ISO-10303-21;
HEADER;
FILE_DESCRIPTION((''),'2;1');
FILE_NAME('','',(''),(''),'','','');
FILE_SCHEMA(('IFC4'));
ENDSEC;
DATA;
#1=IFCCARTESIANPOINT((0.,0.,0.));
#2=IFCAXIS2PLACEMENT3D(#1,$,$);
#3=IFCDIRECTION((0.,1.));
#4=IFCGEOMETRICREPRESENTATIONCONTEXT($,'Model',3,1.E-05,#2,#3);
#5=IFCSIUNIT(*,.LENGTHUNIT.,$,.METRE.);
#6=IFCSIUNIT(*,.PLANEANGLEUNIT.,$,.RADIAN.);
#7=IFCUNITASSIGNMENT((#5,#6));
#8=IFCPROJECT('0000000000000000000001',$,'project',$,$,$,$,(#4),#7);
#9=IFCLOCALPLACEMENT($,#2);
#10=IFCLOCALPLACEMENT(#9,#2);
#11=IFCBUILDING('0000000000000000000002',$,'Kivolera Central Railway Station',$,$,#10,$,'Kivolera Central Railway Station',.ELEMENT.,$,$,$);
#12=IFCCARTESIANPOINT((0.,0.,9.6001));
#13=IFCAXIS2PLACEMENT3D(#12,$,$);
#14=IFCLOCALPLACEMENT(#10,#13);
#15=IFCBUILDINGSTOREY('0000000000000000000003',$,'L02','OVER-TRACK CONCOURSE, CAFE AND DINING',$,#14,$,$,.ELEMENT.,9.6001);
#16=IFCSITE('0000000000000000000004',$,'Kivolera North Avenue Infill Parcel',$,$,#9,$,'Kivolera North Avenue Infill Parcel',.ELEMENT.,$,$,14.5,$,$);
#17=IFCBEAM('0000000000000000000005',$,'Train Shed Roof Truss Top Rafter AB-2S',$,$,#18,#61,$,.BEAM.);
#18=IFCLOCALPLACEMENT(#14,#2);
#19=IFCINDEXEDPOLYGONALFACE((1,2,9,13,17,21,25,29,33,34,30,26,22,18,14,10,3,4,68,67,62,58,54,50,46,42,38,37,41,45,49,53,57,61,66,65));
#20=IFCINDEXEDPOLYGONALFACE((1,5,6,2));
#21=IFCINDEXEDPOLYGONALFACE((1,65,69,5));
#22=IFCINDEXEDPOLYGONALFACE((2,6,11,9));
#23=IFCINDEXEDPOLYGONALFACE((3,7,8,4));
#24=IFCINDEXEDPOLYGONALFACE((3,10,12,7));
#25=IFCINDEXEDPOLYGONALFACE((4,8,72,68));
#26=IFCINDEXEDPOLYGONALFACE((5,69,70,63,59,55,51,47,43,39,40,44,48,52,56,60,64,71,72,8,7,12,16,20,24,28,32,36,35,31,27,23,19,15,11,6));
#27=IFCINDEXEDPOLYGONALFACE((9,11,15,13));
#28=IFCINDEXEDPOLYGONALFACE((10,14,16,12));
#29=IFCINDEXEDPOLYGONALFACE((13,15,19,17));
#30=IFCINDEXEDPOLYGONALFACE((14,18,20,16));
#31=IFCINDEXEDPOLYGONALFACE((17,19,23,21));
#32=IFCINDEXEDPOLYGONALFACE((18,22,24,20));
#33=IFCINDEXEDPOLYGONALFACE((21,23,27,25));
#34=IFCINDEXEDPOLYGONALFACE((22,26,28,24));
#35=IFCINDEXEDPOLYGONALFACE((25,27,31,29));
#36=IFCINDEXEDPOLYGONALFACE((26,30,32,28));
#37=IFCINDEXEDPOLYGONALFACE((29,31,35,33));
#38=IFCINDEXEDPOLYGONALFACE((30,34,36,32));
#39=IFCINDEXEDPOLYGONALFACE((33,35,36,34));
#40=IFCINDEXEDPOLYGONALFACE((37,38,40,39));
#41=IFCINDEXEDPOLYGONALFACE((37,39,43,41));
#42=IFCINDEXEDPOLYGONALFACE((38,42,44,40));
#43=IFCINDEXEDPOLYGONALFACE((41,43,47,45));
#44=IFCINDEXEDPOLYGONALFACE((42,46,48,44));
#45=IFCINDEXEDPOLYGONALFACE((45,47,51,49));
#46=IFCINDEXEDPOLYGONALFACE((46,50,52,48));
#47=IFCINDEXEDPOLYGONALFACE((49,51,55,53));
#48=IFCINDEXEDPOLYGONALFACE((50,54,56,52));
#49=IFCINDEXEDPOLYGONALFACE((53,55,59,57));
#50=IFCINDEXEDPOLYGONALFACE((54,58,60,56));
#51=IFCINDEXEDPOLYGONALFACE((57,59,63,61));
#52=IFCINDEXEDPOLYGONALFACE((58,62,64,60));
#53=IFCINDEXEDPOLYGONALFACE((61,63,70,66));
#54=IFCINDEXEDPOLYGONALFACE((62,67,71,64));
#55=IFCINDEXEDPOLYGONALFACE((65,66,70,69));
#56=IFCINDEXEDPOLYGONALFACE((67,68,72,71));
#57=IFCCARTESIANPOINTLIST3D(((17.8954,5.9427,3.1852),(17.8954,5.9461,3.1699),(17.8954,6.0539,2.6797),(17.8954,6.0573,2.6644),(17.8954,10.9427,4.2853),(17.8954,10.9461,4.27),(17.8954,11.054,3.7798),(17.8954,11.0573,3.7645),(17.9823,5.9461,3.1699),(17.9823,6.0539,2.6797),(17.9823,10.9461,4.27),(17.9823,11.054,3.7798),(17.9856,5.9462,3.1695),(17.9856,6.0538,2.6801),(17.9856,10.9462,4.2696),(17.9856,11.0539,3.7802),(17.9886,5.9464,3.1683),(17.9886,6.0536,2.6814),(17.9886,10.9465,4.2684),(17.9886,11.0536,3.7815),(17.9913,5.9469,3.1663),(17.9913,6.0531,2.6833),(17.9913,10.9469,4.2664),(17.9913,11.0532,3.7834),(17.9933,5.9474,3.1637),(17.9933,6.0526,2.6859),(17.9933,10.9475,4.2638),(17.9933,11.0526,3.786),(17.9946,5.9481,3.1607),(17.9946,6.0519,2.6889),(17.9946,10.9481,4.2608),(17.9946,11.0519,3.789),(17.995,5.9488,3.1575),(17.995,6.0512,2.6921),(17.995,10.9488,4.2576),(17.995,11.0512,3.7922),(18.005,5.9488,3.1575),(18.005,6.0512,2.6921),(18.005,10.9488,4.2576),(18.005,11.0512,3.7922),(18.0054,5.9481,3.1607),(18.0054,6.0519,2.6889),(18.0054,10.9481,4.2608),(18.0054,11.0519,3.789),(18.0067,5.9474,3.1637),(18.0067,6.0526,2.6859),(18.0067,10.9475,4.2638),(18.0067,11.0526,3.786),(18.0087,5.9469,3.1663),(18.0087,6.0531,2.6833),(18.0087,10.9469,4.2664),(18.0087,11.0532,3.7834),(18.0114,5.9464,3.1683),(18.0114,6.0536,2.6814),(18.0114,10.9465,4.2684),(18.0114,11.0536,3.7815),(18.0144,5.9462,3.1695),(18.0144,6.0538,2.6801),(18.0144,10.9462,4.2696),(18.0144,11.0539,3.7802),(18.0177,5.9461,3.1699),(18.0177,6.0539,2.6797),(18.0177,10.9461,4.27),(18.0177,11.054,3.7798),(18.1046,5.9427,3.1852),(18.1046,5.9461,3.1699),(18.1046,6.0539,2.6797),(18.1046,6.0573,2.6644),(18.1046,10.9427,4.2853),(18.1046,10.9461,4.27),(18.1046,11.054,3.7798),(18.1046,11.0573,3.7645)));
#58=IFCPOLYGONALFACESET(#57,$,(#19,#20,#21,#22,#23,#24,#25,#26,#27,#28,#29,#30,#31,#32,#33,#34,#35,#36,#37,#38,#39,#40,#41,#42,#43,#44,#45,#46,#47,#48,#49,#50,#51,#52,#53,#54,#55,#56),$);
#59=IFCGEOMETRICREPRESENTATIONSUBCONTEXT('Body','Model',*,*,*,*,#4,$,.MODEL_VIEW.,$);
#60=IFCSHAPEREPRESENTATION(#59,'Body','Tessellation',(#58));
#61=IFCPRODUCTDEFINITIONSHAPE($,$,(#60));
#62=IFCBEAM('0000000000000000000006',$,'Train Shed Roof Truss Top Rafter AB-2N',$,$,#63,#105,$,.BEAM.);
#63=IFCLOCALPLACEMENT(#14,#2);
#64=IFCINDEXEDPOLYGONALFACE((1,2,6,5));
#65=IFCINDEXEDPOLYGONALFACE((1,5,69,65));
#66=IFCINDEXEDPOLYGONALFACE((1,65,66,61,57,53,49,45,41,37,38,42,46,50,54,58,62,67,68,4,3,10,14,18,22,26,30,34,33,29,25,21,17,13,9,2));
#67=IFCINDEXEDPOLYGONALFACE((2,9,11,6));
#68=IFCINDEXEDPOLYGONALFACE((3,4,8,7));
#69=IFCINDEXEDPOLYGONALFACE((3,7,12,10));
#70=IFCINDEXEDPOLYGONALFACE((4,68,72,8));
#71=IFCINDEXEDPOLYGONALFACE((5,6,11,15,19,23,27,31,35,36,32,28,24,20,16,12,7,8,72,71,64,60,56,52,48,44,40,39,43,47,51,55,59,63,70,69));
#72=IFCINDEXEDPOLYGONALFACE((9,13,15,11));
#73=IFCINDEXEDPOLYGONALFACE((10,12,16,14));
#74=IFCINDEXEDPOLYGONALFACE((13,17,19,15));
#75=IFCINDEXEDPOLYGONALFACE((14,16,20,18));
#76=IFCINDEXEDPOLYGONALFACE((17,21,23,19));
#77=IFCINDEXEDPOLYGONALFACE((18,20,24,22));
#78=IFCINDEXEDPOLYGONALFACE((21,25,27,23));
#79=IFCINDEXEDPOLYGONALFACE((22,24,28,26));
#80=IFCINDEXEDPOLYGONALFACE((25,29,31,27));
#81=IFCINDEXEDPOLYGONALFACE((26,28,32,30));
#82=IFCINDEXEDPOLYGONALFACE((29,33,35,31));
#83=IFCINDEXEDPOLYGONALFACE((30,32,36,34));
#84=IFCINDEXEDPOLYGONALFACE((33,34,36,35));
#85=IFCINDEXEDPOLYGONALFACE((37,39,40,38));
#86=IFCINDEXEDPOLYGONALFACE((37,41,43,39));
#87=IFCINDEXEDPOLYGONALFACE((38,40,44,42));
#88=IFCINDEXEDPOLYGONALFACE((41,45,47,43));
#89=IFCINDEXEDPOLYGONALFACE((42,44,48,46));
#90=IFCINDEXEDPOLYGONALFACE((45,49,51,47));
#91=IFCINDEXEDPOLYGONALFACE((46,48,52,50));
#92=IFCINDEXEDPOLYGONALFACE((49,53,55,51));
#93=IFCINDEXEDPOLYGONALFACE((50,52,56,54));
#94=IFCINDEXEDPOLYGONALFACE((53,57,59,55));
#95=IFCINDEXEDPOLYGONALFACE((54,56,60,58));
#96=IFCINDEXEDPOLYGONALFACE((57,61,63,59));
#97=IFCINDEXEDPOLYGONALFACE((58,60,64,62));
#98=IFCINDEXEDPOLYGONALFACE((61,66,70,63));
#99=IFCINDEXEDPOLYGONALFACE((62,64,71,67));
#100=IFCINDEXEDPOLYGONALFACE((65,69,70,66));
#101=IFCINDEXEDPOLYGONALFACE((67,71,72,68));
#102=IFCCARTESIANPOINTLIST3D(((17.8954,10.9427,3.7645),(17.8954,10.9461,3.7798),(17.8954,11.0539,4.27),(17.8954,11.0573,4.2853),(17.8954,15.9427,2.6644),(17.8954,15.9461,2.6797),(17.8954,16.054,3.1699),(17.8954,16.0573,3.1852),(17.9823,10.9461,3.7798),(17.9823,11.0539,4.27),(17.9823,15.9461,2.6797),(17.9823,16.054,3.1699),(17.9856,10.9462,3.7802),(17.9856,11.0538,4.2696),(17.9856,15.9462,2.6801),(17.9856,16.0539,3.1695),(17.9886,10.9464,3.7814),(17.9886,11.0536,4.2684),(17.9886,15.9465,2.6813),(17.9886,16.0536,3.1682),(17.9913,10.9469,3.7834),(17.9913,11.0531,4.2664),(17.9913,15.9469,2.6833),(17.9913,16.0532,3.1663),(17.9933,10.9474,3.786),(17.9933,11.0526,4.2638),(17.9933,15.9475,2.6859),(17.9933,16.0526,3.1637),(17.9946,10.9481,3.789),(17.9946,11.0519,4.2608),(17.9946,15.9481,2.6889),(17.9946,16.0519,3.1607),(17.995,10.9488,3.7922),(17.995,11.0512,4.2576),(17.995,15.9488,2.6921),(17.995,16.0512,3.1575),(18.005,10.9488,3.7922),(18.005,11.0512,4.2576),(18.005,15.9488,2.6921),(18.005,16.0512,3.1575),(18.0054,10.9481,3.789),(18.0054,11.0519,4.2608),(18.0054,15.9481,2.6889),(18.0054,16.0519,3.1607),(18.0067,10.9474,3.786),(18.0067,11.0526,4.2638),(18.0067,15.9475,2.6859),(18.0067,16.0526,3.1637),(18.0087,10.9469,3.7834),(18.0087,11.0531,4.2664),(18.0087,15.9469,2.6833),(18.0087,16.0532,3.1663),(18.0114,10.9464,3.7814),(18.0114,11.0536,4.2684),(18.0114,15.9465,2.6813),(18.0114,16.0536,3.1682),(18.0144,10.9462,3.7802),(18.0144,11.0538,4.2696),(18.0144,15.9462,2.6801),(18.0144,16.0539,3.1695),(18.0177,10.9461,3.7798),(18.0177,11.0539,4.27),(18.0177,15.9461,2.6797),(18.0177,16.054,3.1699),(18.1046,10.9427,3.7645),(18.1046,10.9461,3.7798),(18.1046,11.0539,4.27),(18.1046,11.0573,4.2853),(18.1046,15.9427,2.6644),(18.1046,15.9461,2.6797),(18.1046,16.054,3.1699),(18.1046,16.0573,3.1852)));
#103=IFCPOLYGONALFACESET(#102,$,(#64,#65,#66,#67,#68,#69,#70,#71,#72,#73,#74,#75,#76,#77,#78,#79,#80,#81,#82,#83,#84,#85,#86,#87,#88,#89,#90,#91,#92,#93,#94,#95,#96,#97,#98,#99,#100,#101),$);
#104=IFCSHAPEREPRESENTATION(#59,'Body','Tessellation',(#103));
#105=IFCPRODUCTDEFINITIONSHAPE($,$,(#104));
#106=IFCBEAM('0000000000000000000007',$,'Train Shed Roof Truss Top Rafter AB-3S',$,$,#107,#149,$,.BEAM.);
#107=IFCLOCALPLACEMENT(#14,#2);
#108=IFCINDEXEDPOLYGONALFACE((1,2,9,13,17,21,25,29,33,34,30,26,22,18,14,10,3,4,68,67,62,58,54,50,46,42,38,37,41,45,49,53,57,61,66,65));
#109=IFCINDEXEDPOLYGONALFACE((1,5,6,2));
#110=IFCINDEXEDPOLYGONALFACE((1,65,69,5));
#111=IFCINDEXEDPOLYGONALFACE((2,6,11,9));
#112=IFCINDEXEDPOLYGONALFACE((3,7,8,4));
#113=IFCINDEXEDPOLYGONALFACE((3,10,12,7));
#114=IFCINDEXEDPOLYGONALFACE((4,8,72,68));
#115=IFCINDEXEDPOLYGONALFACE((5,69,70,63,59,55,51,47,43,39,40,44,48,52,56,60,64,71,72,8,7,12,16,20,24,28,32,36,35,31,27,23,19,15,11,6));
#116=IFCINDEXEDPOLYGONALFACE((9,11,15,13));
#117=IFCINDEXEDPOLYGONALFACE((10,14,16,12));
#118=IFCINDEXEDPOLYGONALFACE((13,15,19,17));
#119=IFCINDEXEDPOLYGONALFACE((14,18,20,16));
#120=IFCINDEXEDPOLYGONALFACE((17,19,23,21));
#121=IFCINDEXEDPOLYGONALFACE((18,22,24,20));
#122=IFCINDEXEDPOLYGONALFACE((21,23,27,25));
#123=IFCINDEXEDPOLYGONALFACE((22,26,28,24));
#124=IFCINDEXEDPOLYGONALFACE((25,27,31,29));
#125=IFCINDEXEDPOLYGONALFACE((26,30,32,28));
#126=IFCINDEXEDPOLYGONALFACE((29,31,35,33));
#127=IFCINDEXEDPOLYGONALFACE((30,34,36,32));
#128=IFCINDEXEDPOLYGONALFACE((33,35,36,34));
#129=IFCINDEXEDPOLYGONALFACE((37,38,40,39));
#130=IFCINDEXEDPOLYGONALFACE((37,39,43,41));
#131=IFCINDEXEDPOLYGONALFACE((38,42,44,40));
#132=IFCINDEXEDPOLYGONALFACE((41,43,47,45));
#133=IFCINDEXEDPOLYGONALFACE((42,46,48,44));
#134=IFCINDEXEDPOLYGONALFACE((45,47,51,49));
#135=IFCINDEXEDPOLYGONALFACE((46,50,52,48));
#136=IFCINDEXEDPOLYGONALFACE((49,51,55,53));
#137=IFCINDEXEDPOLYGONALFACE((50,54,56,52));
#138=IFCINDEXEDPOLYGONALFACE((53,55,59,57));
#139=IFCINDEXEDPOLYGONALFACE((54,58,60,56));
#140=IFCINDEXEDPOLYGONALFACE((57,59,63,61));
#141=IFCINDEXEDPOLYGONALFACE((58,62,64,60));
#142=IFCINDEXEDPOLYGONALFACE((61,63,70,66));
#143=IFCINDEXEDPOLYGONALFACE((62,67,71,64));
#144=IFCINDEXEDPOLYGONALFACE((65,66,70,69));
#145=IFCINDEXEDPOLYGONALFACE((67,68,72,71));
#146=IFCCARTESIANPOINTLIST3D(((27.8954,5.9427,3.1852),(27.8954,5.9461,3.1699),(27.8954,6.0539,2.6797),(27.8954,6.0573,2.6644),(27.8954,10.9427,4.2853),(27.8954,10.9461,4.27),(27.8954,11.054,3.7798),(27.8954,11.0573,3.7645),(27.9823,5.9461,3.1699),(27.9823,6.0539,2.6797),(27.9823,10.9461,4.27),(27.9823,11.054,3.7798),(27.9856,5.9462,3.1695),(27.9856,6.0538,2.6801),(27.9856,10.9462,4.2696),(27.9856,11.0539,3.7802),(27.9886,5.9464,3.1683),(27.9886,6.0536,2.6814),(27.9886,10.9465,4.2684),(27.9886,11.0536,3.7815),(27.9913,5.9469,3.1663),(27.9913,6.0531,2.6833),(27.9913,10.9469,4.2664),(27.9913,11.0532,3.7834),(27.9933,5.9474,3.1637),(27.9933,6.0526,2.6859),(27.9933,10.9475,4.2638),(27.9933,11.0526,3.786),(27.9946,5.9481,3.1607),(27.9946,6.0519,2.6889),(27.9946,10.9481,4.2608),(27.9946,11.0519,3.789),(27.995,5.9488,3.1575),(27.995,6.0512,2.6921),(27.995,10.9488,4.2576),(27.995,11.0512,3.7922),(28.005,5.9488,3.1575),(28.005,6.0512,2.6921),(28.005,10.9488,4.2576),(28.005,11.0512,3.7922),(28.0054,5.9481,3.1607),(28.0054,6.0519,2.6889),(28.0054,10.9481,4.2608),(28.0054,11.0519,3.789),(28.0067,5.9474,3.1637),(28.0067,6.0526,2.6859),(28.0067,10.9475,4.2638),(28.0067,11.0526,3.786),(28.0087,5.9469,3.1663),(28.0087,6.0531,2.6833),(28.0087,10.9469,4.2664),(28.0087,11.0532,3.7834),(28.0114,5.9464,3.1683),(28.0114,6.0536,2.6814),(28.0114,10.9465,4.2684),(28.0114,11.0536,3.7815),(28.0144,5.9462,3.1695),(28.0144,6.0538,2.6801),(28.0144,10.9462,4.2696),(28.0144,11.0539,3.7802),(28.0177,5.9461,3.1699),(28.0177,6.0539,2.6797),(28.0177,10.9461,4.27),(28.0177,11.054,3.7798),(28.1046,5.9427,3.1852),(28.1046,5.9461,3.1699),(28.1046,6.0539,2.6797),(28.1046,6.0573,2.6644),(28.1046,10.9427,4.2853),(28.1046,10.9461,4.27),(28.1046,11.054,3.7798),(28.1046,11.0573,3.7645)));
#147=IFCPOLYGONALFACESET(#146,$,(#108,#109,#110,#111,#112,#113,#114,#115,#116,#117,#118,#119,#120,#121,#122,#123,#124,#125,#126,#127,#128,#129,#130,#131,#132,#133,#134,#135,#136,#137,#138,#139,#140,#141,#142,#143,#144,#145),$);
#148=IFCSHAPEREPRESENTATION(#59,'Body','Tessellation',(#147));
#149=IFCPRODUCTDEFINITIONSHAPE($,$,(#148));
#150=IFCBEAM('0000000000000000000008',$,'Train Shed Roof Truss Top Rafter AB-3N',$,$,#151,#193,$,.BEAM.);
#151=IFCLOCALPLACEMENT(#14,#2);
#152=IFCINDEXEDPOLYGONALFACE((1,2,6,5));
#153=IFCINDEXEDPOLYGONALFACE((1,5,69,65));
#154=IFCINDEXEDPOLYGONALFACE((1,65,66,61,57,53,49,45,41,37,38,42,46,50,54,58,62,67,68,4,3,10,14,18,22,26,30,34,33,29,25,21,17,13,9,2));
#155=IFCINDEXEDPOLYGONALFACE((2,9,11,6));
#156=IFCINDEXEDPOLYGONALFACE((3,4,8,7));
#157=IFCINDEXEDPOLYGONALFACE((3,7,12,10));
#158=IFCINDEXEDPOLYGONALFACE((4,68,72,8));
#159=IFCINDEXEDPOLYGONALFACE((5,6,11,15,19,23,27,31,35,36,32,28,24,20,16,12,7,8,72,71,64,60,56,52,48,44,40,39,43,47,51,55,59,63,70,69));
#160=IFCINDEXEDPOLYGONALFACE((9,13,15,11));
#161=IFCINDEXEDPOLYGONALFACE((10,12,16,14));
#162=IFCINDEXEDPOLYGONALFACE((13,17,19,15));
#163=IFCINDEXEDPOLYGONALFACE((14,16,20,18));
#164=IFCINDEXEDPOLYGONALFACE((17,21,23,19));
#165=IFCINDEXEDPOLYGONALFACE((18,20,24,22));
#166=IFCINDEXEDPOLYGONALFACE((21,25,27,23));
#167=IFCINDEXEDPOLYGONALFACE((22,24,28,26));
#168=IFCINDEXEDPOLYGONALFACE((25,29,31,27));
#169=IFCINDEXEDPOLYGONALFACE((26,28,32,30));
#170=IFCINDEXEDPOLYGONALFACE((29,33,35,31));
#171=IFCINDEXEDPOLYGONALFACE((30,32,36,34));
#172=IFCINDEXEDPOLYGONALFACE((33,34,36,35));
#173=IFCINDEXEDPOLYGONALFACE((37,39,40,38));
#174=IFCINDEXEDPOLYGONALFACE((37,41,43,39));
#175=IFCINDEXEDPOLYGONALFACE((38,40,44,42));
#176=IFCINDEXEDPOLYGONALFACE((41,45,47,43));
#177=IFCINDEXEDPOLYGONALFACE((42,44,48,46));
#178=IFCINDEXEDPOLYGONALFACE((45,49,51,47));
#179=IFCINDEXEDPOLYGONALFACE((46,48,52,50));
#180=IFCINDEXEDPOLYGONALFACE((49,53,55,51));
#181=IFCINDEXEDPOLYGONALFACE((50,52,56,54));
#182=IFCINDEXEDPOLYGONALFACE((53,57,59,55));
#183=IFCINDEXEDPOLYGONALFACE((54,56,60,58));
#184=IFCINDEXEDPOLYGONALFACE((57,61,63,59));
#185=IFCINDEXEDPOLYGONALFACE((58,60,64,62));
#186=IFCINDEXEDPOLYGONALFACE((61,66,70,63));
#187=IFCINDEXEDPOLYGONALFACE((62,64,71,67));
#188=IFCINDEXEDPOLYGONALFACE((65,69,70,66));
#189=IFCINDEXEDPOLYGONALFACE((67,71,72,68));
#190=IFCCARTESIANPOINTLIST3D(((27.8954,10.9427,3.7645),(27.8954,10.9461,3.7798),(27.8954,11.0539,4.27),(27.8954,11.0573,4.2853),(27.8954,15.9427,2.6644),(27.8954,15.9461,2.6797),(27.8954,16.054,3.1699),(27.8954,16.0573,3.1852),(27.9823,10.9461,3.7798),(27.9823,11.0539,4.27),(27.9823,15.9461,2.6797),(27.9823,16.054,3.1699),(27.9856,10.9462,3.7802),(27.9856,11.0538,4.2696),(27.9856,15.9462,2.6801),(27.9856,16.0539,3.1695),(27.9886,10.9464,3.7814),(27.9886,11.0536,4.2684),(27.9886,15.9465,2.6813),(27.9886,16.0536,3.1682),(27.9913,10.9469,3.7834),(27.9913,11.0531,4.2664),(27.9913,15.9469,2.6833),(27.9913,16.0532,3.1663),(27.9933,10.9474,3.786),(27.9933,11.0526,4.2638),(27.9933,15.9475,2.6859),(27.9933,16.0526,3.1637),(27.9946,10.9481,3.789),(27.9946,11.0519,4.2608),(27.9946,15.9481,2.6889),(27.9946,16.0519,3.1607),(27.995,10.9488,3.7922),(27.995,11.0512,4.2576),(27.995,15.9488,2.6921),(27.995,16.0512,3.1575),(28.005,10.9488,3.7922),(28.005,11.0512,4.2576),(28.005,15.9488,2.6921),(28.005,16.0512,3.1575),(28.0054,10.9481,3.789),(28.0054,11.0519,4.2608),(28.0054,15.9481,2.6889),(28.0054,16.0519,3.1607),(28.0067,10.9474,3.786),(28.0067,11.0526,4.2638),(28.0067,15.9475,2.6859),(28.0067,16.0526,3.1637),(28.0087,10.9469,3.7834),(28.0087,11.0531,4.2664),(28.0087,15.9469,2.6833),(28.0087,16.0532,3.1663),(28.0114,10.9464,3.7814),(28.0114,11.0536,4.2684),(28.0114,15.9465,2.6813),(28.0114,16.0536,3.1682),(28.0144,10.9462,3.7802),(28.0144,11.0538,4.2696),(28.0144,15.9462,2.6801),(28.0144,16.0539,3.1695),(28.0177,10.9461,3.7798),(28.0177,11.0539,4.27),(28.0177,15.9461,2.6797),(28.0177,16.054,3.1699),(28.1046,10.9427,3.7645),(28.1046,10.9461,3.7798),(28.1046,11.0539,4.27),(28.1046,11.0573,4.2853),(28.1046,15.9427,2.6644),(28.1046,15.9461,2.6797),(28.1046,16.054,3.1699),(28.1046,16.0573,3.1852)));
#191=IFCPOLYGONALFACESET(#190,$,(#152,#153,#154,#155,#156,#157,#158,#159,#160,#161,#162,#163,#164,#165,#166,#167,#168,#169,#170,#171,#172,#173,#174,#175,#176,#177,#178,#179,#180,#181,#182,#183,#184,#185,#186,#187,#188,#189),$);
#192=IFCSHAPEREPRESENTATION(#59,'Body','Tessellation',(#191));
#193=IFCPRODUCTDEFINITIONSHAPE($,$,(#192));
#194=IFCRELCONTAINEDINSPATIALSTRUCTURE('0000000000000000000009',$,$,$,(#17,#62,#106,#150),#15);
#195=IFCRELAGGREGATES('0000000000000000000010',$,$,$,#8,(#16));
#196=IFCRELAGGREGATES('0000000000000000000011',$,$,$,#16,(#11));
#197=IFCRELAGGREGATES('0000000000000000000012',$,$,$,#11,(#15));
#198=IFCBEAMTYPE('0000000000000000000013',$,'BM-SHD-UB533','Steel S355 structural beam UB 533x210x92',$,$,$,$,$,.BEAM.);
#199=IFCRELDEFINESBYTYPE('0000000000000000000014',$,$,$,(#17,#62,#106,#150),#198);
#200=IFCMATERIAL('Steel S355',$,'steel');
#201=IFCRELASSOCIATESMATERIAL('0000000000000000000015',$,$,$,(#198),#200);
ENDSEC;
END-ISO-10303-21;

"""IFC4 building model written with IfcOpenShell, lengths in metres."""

from ifc_helpers import new_model, si_unit, direction, frame, origin, origin_2d, place, context, subcontext, project, spatial, i_section, extrude, material, material_profile, profile_set, type_object, element, save


model = new_model("IFC4")

# Units and contexts
model_context = context("Model", 3, precision=1e-05, world=origin(), true_north=direction((0.0, 1.0)))
body_context = subcontext(model_context, "Body", "Model", "MODEL_VIEW")
ifc_project = project(units=[si_unit("LENGTHUNIT", "METRE"), si_unit("PLANEANGLEUNIT", "RADIAN")], contexts=[model_context])

# Site, building, storey
site_placement = place(None, origin())
site = spatial("IfcSite", under=ifc_project, at=site_placement, Name="Kivolera North Avenue Infill Parcel", LongName="Kivolera North Avenue Infill Parcel", CompositionType="ELEMENT", RefElevation=14.5)
building_placement = place(site_placement, origin())
building = spatial("IfcBuilding", under=site, at=building_placement, Name="Kivolera Central Railway Station", LongName="Kivolera Central Railway Station", CompositionType="ELEMENT")
storey_placement = place(building_placement, frame((0.0, 0.0, 9.6001)))
storey = spatial("IfcBuildingStorey", under=building, at=storey_placement, Name="L02", Description="OVER-TRACK CONCOURSE, CAFE AND DINING", CompositionType="ELEMENT", Elevation=9.6001)

# Shared definitions
ifc_material_1 = material(Name="Steel S355", Category="steel")

# Beams
ifc_material_profile_1 = material_profile(ifc_material_1, i_section(OverallWidth=0.2092, OverallDepth=0.5332, WebThickness=0.01, FlangeThickness=0.0156, FilletRadius=0.0127, at=origin_2d()), Name="UB 533x210x92")
ifc_profile_set_1 = profile_set([ifc_material_profile_1], Name="Steel S355")
beam_type_1 = type_object("IfcBeamType", Name="BM-SHD-UB533", Description="Steel S355 structural beam UB 533x210x92", PredefinedType="BEAM", material=ifc_profile_set_1)
for number, where, z_axis, x_axis, name in (
    (1, (18.0, 6.0, 2.9248), (0.0, 0.97664, 0.21488), (-1.0, 0.0, 0.0), "Train Shed Roof Truss Top Rafter AB-2S"),
    (2, (18.0, 11.0, 4.0249), (0.0, 0.97664, -0.21488), (-1.0, 0.0, 0.0), "Train Shed Roof Truss Top Rafter AB-2N"),
    (3, (28.0, 6.0, 2.9248), (0.0, 0.97664, 0.21488), (-1.0, 0.0, 0.0), "Train Shed Roof Truss Top Rafter AB-3S"),
    (4, (28.0, 11.0, 4.0249), (0.0, 0.97664, -0.21488), (-1.0, 0.0, 0.0), "Train Shed Roof Truss Top Rafter AB-3N"),
):
    element("IfcBeam", number, at=place(storey_placement, frame(where, z_axis=z_axis, x_axis=x_axis)), inside=storey, type_object=beam_type_1, Name=name, PredefinedType="BEAM", context=body_context, shape_type="SweptSolid", body=[
        extrude(i_section(OverallWidth=0.2092, OverallDepth=0.5332, WebThickness=0.01, FlangeThickness=0.0156, FilletRadius=0.0127, at=origin_2d()), origin(), (0.0, 0.0, 1.0), 5.1196),
    ])

save(model, "model.ifc")
